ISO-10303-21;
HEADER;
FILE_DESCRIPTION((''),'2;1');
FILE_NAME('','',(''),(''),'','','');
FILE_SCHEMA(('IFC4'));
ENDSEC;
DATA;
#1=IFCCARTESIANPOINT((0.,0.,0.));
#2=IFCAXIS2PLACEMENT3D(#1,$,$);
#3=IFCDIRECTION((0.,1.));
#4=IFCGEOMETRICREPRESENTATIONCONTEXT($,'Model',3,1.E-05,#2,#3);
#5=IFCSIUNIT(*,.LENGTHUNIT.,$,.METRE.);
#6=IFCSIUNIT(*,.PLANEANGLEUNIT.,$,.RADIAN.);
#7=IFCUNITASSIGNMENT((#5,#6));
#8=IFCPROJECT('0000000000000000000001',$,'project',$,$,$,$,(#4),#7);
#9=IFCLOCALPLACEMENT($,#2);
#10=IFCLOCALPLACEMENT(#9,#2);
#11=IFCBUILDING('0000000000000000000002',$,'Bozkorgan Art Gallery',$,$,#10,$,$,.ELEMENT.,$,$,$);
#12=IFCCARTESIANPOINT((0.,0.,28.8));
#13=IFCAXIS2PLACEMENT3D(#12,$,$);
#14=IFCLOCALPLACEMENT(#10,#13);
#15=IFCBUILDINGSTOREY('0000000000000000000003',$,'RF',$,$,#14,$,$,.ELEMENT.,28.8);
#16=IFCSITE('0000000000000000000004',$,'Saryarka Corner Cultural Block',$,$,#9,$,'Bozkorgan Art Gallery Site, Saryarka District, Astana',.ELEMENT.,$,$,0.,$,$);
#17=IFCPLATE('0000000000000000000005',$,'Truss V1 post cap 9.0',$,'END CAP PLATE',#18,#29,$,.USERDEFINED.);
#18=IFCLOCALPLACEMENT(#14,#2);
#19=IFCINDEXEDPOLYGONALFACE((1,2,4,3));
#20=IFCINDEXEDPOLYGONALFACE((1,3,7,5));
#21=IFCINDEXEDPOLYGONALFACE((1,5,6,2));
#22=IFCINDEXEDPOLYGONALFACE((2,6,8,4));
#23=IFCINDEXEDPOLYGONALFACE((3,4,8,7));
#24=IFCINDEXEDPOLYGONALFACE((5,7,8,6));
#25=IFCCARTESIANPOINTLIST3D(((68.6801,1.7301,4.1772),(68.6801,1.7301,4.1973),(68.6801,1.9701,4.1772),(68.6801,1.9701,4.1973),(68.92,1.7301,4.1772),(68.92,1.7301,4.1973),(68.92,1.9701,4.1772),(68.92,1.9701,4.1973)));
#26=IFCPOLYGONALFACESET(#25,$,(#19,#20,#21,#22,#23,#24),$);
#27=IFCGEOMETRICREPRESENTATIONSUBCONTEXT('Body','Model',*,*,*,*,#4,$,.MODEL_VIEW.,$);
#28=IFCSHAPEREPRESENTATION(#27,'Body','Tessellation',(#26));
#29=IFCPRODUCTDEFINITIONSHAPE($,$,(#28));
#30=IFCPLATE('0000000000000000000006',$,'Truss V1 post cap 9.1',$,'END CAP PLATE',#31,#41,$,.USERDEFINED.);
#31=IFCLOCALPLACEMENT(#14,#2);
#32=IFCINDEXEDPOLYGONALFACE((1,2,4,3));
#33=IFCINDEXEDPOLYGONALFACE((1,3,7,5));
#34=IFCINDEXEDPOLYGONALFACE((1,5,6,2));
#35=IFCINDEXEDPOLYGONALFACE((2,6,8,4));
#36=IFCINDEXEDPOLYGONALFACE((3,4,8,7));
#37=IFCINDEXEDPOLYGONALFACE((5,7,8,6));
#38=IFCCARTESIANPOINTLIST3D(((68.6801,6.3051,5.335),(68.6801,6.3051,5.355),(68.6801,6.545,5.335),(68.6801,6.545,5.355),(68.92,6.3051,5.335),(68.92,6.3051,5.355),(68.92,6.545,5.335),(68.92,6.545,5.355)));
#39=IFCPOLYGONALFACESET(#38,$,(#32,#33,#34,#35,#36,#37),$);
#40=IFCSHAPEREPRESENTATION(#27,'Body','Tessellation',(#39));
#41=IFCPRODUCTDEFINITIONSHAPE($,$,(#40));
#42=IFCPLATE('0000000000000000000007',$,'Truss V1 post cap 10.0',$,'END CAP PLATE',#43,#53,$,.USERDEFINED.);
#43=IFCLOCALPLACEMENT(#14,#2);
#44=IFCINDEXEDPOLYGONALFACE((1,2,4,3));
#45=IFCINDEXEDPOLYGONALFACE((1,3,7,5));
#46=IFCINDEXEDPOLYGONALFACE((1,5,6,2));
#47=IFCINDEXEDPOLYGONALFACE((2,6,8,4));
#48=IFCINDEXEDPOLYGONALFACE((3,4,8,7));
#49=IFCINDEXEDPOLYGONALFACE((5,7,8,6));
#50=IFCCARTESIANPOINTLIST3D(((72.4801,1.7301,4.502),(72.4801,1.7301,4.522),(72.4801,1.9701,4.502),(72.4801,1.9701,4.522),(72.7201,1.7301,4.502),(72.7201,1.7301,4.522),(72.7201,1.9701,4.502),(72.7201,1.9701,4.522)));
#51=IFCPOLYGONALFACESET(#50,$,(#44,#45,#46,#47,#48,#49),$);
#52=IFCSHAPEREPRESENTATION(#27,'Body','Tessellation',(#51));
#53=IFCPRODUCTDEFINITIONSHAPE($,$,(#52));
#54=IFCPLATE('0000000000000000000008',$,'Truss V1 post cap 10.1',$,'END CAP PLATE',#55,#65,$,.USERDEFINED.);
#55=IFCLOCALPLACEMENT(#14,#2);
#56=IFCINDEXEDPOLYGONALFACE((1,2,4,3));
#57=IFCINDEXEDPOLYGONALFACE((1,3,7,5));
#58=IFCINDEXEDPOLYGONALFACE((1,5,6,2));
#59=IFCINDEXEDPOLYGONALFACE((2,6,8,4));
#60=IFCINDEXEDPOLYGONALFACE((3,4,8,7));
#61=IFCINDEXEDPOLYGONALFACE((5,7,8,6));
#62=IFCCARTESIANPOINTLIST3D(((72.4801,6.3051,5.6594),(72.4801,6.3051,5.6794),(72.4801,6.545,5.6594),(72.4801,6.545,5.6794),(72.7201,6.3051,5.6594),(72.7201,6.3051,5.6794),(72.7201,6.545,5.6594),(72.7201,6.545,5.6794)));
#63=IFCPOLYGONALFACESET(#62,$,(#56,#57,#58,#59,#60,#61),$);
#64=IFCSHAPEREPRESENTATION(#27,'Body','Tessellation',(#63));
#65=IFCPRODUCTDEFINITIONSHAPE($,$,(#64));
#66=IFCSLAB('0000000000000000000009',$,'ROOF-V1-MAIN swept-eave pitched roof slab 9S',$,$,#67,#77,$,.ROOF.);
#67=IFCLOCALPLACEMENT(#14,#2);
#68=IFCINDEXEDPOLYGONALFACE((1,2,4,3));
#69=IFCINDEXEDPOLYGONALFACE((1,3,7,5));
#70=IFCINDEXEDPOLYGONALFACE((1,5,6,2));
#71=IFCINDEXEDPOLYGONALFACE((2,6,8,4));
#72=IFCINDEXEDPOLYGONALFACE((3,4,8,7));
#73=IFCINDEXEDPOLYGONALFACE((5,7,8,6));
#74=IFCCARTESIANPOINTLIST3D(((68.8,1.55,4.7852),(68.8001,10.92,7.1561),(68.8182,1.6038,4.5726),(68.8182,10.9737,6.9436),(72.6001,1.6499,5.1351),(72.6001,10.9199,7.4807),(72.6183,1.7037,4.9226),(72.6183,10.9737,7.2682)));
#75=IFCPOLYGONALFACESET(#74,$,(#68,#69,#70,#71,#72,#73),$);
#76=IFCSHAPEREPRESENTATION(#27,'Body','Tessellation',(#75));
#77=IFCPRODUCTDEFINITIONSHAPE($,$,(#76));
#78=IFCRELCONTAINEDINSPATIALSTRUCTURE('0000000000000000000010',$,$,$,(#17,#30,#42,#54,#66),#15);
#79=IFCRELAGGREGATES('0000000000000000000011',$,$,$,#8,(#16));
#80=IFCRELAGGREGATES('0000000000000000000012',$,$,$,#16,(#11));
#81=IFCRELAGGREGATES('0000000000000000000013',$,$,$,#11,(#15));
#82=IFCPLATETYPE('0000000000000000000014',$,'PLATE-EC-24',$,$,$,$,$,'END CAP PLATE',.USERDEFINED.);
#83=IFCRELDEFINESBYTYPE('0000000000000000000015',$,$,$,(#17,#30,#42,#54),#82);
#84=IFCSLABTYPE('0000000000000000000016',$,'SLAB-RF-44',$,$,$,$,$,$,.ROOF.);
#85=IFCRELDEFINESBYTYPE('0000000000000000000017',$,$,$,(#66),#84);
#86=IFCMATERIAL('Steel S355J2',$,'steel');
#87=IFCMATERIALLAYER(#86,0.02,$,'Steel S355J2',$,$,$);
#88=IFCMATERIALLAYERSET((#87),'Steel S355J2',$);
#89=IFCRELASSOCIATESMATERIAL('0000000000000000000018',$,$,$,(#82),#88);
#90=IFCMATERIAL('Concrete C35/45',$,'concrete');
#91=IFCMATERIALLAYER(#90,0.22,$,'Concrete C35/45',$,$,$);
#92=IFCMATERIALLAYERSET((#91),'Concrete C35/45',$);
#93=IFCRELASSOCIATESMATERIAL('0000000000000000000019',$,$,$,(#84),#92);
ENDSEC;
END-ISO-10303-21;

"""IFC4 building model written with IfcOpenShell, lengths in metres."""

from ifc_helpers import new_model, si_unit, direction, frame, origin, origin_2d, place, context, subcontext, project, spatial, polyline, rectangle, outline, extrude, material, layer, layer_set, type_object, element, save


model = new_model("IFC4")

# Units and contexts
model_context = context("Model", 3, precision=1e-05, world=origin(), true_north=direction((0.0, 1.0)))
body_context = subcontext(model_context, "Body", "Model", "MODEL_VIEW")
ifc_project = project(units=[si_unit("LENGTHUNIT", "METRE"), si_unit("PLANEANGLEUNIT", "RADIAN")], contexts=[model_context])

# Site, building, storey
site_placement = place(None, origin())
site = spatial("IfcSite", under=ifc_project, at=site_placement, Name="Saryarka Corner Cultural Block", LongName="Bozkorgan Art Gallery Site, Saryarka District, Astana", CompositionType="ELEMENT", RefElevation=0.0)
building_placement = place(site_placement, origin())
building = spatial("IfcBuilding", under=site, at=building_placement, Name="Bozkorgan Art Gallery", CompositionType="ELEMENT")
storey_placement = place(building_placement, frame((0.0, 0.0, 28.8)))
storey = spatial("IfcBuildingStorey", under=building, at=storey_placement, Name="RF", CompositionType="ELEMENT", Elevation=28.8)

# Shared definitions
ifc_material_1 = material(Name="Steel S355J2", Category="steel")

# Plates
ifc_layer_1 = layer(ifc_material_1, 0.02, Name="Steel S355J2")
ifc_layer_set_1 = layer_set([ifc_layer_1], Name="Steel S355J2")
plate_type_1 = type_object("IfcPlateType", Name="PLATE-EC-24", ElementType="END CAP PLATE", PredefinedType="USERDEFINED", material=ifc_layer_set_1)
for number, where, z_axis, x_axis, name in (
    (1, (68.8, 1.8501, 4.1772), (0.0, 0.0, 1.0), (1.0, 0.0, 0.0), "Truss V1 post cap 9.0"),
    (2, (68.8, 6.425, 5.335), (0.0, 0.0, 1.0), (1.0, 0.0, 0.0), "Truss V1 post cap 9.1"),
    (3, (72.6001, 1.8501, 4.502), (0.0, 0.0, 1.0), (1.0, 0.0, 0.0), "Truss V1 post cap 10.0"),
    (4, (72.6001, 6.425, 5.6594), (0.0, 0.0, 1.0), (1.0, 0.0, 0.0), "Truss V1 post cap 10.1"),
):
    element("IfcPlate", number, at=place(storey_placement, frame(where, z_axis=z_axis, x_axis=x_axis)), inside=storey, type_object=plate_type_1, Name=name, ObjectType="END CAP PLATE", PredefinedType="USERDEFINED", context=body_context, shape_type="SweptSolid", body=[
        extrude(rectangle(XDim=0.24, YDim=0.24, at=origin_2d()), origin(), (0.0, 0.0, 1.0), 0.02),
    ])

# Slab
ifc_material_2 = material(Name="Concrete C35/45", Category="concrete")
ifc_layer_2 = layer(ifc_material_2, 0.22, Name="Concrete C35/45")
ifc_layer_set_2 = layer_set([ifc_layer_2], Name="Concrete C35/45")
slab_type = type_object("IfcSlabType", Name="SLAB-RF-44", PredefinedType="ROOF", material=ifc_layer_set_2)
slab_placement = place(storey_placement, frame((68.8, 1.55, 4.7852), z_axis=(-0.082539, -0.244467, 0.966138), x_axis=(0.995446, 0.026169, 0.091665)))
element("IfcSlab", 5, at=slab_placement, inside=storey, type_object=slab_type, Name="ROOF-V1-MAIN swept-eave pitched roof slab 9S", PredefinedType="ROOF", context=body_context, shape_type="SweptSolid", body=[
    extrude(outline(polyline([(0.0, 0.0), (3.8174, 0.0), (4.275, 9.5512), (0.4625, 9.6542), (0.0, 0.0)])), origin(), (0.0, 0.0, -1.0), 0.22),
])

save(model, "model.ifc")
